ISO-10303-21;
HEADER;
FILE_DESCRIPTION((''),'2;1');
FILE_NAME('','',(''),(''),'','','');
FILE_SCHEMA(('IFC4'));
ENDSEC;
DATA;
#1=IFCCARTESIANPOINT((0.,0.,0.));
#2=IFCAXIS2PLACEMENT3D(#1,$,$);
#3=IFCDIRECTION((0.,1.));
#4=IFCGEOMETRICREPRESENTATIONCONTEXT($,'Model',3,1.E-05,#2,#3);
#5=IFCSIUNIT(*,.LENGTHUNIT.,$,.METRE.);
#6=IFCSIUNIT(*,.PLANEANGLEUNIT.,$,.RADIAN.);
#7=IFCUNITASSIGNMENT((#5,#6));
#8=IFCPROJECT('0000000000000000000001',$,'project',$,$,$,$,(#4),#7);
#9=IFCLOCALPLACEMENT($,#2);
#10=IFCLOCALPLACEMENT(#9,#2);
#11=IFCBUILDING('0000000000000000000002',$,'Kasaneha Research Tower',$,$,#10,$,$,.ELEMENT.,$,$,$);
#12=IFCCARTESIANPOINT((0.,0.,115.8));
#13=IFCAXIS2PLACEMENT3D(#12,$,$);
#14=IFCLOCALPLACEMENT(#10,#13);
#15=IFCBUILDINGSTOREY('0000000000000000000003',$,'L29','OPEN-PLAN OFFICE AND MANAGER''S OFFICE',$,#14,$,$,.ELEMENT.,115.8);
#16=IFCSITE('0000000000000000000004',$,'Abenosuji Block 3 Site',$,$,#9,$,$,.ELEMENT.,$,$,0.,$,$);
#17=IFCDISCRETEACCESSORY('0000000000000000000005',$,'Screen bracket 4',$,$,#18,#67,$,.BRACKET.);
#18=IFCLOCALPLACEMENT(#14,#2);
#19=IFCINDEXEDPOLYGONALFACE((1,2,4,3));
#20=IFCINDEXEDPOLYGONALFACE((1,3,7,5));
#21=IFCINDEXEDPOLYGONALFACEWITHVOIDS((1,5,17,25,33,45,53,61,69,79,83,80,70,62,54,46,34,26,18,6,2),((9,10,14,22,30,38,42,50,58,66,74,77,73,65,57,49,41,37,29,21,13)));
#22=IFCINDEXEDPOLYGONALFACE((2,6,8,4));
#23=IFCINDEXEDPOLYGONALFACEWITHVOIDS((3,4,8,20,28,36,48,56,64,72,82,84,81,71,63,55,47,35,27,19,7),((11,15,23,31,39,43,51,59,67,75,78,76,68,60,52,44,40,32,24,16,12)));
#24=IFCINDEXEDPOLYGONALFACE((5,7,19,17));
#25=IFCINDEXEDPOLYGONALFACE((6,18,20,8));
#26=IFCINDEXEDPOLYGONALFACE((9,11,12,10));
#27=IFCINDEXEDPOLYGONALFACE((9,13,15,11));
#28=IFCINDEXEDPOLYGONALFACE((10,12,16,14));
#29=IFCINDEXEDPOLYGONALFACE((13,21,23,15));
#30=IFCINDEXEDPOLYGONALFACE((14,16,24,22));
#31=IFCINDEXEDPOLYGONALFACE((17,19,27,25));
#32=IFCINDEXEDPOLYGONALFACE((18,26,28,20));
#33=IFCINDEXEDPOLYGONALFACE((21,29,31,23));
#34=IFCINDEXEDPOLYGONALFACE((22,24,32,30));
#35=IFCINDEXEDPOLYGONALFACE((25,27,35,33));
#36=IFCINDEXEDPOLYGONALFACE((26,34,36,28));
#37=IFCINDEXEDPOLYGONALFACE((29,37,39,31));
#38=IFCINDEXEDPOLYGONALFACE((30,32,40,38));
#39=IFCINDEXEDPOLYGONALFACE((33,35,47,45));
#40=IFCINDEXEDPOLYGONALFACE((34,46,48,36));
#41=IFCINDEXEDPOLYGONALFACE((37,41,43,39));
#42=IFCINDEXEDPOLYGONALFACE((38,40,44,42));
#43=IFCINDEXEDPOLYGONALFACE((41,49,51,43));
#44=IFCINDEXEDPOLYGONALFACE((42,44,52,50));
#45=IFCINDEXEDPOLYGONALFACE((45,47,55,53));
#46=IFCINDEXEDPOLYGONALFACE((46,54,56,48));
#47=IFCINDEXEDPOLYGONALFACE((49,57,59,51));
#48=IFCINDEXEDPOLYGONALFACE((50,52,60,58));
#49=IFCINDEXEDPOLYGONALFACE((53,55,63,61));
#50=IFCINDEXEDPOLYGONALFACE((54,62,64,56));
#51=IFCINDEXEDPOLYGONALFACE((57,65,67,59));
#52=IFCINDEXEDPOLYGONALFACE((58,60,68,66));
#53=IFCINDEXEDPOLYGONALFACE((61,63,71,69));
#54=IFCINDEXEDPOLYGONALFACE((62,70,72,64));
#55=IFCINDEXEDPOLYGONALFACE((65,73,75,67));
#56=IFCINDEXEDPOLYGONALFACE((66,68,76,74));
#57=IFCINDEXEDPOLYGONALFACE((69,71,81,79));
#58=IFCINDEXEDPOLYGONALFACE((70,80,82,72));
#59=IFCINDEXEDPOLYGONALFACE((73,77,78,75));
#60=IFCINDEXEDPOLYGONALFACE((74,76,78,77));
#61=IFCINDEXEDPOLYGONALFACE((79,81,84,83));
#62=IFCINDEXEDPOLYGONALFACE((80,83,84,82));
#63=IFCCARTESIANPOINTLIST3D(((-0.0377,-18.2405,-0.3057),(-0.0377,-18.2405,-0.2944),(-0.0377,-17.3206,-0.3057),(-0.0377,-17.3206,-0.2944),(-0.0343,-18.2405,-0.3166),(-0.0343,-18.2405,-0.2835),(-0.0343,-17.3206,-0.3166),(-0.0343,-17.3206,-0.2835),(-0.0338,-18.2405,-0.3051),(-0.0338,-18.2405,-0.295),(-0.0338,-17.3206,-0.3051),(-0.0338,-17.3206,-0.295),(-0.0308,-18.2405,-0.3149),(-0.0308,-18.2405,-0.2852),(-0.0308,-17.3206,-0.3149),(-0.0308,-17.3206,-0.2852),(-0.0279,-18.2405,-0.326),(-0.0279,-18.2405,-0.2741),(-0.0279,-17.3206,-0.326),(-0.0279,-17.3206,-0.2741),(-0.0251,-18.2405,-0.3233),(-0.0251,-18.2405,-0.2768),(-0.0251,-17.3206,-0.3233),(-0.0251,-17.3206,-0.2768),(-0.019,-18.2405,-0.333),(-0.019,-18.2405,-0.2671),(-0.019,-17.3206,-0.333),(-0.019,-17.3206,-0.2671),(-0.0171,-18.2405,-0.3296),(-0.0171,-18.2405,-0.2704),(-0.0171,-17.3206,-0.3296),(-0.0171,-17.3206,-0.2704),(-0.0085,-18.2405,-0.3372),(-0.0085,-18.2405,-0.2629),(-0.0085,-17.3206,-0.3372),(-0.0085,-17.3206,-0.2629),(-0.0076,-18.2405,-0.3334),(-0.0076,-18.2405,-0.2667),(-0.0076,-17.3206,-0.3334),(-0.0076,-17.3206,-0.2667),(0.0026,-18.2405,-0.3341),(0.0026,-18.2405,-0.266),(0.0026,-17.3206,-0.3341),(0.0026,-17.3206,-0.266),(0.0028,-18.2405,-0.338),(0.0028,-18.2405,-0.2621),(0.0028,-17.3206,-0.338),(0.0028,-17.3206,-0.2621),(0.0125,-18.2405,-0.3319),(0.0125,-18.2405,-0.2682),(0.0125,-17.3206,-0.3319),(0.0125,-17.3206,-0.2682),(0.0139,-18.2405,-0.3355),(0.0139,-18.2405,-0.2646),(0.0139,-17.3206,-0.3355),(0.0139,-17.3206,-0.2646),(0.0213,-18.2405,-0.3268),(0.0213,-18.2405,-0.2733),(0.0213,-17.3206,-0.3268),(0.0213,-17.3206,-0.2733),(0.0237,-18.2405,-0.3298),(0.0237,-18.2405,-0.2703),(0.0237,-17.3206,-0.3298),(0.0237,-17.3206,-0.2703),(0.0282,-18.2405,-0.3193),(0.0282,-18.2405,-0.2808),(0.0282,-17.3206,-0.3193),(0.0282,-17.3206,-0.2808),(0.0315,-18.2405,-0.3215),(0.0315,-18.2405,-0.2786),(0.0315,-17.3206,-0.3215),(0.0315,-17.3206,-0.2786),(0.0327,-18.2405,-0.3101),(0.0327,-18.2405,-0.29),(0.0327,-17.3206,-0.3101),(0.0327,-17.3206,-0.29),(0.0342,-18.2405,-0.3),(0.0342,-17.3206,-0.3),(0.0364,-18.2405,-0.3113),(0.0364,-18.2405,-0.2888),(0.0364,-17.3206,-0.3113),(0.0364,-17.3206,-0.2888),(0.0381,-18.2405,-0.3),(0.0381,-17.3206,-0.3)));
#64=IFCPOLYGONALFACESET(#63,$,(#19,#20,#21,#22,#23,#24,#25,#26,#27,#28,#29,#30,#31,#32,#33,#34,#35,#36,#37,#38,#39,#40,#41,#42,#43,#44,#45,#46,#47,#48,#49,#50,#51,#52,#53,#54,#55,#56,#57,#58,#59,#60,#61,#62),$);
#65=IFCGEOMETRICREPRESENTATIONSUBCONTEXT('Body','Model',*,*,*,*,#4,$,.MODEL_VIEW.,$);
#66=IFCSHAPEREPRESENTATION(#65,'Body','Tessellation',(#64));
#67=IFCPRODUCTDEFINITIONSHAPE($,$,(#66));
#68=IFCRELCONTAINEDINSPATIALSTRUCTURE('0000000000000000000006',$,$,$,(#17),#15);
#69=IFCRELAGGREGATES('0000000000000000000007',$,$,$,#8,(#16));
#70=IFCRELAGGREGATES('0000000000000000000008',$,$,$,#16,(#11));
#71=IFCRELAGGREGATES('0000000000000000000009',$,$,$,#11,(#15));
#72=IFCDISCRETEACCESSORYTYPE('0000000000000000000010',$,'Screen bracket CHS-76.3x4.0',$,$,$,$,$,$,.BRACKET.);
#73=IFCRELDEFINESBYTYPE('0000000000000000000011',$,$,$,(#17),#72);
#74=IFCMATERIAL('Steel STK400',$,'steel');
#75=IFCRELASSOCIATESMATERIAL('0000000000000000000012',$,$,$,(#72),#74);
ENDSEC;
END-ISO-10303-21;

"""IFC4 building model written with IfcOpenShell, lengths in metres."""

from ifc_helpers import new_model, si_unit, direction, frame, origin, origin_2d, place, context, subcontext, project, spatial, hollow_circle, extrude, material, material_profile, profile_set, type_object, element, save


model = new_model("IFC4")

# Units and contexts
model_context = context("Model", 3, precision=1e-05, world=origin(), true_north=direction((0.0, 1.0)))
body_context = subcontext(model_context, "Body", "Model", "MODEL_VIEW")
ifc_project = project(units=[si_unit("LENGTHUNIT", "METRE"), si_unit("PLANEANGLEUNIT", "RADIAN")], contexts=[model_context])

# Site, building, storey
site_placement = place(None, origin())
site = spatial("IfcSite", under=ifc_project, at=site_placement, Name="Abenosuji Block 3 Site", CompositionType="ELEMENT", RefElevation=0.0)
building_placement = place(site_placement, origin())
building = spatial("IfcBuilding", under=site, at=building_placement, Name="Kasaneha Research Tower", CompositionType="ELEMENT")
storey_placement = place(building_placement, frame((0.0, 0.0, 115.8)))
storey = spatial("IfcBuildingStorey", under=building, at=storey_placement, Name="L29", Description="OPEN-PLAN OFFICE AND MANAGER'S OFFICE", CompositionType="ELEMENT", Elevation=115.8)

# Discrete accessory
ifc_material_1 = material(Name="Steel STK400", Category="steel")
ifc_material_profile_1 = material_profile(ifc_material_1, hollow_circle(Radius=0.0381, WallThickness=0.0039, at=origin_2d()), Name="CHS-76.3x4.0")
ifc_profile_set_1 = profile_set([ifc_material_profile_1], Name="Steel STK400")
discrete_accessory_type = type_object("IfcDiscreteAccessoryType", Name="Screen bracket CHS-76.3x4.0", PredefinedType="BRACKET", material=ifc_profile_set_1)
for number, where, z_axis, x_axis, name in (
    (1, (0.0, -17.3206, -0.3), (0.0, -1.0, 0.0), (1.0, 0.0, 0.0), "Screen bracket 4"),
):
    element("IfcDiscreteAccessory", number, at=place(storey_placement, frame(where, z_axis=z_axis, x_axis=x_axis)), inside=storey, type_object=discrete_accessory_type, Name=name, PredefinedType="BRACKET", context=body_context, shape_type="SweptSolid", body=[
        extrude(hollow_circle(Radius=0.0381, WallThickness=0.0039, at=origin_2d()), origin(), (0.0, 0.0, 1.0), 0.9199),
    ])

save(model, "model.ifc")
